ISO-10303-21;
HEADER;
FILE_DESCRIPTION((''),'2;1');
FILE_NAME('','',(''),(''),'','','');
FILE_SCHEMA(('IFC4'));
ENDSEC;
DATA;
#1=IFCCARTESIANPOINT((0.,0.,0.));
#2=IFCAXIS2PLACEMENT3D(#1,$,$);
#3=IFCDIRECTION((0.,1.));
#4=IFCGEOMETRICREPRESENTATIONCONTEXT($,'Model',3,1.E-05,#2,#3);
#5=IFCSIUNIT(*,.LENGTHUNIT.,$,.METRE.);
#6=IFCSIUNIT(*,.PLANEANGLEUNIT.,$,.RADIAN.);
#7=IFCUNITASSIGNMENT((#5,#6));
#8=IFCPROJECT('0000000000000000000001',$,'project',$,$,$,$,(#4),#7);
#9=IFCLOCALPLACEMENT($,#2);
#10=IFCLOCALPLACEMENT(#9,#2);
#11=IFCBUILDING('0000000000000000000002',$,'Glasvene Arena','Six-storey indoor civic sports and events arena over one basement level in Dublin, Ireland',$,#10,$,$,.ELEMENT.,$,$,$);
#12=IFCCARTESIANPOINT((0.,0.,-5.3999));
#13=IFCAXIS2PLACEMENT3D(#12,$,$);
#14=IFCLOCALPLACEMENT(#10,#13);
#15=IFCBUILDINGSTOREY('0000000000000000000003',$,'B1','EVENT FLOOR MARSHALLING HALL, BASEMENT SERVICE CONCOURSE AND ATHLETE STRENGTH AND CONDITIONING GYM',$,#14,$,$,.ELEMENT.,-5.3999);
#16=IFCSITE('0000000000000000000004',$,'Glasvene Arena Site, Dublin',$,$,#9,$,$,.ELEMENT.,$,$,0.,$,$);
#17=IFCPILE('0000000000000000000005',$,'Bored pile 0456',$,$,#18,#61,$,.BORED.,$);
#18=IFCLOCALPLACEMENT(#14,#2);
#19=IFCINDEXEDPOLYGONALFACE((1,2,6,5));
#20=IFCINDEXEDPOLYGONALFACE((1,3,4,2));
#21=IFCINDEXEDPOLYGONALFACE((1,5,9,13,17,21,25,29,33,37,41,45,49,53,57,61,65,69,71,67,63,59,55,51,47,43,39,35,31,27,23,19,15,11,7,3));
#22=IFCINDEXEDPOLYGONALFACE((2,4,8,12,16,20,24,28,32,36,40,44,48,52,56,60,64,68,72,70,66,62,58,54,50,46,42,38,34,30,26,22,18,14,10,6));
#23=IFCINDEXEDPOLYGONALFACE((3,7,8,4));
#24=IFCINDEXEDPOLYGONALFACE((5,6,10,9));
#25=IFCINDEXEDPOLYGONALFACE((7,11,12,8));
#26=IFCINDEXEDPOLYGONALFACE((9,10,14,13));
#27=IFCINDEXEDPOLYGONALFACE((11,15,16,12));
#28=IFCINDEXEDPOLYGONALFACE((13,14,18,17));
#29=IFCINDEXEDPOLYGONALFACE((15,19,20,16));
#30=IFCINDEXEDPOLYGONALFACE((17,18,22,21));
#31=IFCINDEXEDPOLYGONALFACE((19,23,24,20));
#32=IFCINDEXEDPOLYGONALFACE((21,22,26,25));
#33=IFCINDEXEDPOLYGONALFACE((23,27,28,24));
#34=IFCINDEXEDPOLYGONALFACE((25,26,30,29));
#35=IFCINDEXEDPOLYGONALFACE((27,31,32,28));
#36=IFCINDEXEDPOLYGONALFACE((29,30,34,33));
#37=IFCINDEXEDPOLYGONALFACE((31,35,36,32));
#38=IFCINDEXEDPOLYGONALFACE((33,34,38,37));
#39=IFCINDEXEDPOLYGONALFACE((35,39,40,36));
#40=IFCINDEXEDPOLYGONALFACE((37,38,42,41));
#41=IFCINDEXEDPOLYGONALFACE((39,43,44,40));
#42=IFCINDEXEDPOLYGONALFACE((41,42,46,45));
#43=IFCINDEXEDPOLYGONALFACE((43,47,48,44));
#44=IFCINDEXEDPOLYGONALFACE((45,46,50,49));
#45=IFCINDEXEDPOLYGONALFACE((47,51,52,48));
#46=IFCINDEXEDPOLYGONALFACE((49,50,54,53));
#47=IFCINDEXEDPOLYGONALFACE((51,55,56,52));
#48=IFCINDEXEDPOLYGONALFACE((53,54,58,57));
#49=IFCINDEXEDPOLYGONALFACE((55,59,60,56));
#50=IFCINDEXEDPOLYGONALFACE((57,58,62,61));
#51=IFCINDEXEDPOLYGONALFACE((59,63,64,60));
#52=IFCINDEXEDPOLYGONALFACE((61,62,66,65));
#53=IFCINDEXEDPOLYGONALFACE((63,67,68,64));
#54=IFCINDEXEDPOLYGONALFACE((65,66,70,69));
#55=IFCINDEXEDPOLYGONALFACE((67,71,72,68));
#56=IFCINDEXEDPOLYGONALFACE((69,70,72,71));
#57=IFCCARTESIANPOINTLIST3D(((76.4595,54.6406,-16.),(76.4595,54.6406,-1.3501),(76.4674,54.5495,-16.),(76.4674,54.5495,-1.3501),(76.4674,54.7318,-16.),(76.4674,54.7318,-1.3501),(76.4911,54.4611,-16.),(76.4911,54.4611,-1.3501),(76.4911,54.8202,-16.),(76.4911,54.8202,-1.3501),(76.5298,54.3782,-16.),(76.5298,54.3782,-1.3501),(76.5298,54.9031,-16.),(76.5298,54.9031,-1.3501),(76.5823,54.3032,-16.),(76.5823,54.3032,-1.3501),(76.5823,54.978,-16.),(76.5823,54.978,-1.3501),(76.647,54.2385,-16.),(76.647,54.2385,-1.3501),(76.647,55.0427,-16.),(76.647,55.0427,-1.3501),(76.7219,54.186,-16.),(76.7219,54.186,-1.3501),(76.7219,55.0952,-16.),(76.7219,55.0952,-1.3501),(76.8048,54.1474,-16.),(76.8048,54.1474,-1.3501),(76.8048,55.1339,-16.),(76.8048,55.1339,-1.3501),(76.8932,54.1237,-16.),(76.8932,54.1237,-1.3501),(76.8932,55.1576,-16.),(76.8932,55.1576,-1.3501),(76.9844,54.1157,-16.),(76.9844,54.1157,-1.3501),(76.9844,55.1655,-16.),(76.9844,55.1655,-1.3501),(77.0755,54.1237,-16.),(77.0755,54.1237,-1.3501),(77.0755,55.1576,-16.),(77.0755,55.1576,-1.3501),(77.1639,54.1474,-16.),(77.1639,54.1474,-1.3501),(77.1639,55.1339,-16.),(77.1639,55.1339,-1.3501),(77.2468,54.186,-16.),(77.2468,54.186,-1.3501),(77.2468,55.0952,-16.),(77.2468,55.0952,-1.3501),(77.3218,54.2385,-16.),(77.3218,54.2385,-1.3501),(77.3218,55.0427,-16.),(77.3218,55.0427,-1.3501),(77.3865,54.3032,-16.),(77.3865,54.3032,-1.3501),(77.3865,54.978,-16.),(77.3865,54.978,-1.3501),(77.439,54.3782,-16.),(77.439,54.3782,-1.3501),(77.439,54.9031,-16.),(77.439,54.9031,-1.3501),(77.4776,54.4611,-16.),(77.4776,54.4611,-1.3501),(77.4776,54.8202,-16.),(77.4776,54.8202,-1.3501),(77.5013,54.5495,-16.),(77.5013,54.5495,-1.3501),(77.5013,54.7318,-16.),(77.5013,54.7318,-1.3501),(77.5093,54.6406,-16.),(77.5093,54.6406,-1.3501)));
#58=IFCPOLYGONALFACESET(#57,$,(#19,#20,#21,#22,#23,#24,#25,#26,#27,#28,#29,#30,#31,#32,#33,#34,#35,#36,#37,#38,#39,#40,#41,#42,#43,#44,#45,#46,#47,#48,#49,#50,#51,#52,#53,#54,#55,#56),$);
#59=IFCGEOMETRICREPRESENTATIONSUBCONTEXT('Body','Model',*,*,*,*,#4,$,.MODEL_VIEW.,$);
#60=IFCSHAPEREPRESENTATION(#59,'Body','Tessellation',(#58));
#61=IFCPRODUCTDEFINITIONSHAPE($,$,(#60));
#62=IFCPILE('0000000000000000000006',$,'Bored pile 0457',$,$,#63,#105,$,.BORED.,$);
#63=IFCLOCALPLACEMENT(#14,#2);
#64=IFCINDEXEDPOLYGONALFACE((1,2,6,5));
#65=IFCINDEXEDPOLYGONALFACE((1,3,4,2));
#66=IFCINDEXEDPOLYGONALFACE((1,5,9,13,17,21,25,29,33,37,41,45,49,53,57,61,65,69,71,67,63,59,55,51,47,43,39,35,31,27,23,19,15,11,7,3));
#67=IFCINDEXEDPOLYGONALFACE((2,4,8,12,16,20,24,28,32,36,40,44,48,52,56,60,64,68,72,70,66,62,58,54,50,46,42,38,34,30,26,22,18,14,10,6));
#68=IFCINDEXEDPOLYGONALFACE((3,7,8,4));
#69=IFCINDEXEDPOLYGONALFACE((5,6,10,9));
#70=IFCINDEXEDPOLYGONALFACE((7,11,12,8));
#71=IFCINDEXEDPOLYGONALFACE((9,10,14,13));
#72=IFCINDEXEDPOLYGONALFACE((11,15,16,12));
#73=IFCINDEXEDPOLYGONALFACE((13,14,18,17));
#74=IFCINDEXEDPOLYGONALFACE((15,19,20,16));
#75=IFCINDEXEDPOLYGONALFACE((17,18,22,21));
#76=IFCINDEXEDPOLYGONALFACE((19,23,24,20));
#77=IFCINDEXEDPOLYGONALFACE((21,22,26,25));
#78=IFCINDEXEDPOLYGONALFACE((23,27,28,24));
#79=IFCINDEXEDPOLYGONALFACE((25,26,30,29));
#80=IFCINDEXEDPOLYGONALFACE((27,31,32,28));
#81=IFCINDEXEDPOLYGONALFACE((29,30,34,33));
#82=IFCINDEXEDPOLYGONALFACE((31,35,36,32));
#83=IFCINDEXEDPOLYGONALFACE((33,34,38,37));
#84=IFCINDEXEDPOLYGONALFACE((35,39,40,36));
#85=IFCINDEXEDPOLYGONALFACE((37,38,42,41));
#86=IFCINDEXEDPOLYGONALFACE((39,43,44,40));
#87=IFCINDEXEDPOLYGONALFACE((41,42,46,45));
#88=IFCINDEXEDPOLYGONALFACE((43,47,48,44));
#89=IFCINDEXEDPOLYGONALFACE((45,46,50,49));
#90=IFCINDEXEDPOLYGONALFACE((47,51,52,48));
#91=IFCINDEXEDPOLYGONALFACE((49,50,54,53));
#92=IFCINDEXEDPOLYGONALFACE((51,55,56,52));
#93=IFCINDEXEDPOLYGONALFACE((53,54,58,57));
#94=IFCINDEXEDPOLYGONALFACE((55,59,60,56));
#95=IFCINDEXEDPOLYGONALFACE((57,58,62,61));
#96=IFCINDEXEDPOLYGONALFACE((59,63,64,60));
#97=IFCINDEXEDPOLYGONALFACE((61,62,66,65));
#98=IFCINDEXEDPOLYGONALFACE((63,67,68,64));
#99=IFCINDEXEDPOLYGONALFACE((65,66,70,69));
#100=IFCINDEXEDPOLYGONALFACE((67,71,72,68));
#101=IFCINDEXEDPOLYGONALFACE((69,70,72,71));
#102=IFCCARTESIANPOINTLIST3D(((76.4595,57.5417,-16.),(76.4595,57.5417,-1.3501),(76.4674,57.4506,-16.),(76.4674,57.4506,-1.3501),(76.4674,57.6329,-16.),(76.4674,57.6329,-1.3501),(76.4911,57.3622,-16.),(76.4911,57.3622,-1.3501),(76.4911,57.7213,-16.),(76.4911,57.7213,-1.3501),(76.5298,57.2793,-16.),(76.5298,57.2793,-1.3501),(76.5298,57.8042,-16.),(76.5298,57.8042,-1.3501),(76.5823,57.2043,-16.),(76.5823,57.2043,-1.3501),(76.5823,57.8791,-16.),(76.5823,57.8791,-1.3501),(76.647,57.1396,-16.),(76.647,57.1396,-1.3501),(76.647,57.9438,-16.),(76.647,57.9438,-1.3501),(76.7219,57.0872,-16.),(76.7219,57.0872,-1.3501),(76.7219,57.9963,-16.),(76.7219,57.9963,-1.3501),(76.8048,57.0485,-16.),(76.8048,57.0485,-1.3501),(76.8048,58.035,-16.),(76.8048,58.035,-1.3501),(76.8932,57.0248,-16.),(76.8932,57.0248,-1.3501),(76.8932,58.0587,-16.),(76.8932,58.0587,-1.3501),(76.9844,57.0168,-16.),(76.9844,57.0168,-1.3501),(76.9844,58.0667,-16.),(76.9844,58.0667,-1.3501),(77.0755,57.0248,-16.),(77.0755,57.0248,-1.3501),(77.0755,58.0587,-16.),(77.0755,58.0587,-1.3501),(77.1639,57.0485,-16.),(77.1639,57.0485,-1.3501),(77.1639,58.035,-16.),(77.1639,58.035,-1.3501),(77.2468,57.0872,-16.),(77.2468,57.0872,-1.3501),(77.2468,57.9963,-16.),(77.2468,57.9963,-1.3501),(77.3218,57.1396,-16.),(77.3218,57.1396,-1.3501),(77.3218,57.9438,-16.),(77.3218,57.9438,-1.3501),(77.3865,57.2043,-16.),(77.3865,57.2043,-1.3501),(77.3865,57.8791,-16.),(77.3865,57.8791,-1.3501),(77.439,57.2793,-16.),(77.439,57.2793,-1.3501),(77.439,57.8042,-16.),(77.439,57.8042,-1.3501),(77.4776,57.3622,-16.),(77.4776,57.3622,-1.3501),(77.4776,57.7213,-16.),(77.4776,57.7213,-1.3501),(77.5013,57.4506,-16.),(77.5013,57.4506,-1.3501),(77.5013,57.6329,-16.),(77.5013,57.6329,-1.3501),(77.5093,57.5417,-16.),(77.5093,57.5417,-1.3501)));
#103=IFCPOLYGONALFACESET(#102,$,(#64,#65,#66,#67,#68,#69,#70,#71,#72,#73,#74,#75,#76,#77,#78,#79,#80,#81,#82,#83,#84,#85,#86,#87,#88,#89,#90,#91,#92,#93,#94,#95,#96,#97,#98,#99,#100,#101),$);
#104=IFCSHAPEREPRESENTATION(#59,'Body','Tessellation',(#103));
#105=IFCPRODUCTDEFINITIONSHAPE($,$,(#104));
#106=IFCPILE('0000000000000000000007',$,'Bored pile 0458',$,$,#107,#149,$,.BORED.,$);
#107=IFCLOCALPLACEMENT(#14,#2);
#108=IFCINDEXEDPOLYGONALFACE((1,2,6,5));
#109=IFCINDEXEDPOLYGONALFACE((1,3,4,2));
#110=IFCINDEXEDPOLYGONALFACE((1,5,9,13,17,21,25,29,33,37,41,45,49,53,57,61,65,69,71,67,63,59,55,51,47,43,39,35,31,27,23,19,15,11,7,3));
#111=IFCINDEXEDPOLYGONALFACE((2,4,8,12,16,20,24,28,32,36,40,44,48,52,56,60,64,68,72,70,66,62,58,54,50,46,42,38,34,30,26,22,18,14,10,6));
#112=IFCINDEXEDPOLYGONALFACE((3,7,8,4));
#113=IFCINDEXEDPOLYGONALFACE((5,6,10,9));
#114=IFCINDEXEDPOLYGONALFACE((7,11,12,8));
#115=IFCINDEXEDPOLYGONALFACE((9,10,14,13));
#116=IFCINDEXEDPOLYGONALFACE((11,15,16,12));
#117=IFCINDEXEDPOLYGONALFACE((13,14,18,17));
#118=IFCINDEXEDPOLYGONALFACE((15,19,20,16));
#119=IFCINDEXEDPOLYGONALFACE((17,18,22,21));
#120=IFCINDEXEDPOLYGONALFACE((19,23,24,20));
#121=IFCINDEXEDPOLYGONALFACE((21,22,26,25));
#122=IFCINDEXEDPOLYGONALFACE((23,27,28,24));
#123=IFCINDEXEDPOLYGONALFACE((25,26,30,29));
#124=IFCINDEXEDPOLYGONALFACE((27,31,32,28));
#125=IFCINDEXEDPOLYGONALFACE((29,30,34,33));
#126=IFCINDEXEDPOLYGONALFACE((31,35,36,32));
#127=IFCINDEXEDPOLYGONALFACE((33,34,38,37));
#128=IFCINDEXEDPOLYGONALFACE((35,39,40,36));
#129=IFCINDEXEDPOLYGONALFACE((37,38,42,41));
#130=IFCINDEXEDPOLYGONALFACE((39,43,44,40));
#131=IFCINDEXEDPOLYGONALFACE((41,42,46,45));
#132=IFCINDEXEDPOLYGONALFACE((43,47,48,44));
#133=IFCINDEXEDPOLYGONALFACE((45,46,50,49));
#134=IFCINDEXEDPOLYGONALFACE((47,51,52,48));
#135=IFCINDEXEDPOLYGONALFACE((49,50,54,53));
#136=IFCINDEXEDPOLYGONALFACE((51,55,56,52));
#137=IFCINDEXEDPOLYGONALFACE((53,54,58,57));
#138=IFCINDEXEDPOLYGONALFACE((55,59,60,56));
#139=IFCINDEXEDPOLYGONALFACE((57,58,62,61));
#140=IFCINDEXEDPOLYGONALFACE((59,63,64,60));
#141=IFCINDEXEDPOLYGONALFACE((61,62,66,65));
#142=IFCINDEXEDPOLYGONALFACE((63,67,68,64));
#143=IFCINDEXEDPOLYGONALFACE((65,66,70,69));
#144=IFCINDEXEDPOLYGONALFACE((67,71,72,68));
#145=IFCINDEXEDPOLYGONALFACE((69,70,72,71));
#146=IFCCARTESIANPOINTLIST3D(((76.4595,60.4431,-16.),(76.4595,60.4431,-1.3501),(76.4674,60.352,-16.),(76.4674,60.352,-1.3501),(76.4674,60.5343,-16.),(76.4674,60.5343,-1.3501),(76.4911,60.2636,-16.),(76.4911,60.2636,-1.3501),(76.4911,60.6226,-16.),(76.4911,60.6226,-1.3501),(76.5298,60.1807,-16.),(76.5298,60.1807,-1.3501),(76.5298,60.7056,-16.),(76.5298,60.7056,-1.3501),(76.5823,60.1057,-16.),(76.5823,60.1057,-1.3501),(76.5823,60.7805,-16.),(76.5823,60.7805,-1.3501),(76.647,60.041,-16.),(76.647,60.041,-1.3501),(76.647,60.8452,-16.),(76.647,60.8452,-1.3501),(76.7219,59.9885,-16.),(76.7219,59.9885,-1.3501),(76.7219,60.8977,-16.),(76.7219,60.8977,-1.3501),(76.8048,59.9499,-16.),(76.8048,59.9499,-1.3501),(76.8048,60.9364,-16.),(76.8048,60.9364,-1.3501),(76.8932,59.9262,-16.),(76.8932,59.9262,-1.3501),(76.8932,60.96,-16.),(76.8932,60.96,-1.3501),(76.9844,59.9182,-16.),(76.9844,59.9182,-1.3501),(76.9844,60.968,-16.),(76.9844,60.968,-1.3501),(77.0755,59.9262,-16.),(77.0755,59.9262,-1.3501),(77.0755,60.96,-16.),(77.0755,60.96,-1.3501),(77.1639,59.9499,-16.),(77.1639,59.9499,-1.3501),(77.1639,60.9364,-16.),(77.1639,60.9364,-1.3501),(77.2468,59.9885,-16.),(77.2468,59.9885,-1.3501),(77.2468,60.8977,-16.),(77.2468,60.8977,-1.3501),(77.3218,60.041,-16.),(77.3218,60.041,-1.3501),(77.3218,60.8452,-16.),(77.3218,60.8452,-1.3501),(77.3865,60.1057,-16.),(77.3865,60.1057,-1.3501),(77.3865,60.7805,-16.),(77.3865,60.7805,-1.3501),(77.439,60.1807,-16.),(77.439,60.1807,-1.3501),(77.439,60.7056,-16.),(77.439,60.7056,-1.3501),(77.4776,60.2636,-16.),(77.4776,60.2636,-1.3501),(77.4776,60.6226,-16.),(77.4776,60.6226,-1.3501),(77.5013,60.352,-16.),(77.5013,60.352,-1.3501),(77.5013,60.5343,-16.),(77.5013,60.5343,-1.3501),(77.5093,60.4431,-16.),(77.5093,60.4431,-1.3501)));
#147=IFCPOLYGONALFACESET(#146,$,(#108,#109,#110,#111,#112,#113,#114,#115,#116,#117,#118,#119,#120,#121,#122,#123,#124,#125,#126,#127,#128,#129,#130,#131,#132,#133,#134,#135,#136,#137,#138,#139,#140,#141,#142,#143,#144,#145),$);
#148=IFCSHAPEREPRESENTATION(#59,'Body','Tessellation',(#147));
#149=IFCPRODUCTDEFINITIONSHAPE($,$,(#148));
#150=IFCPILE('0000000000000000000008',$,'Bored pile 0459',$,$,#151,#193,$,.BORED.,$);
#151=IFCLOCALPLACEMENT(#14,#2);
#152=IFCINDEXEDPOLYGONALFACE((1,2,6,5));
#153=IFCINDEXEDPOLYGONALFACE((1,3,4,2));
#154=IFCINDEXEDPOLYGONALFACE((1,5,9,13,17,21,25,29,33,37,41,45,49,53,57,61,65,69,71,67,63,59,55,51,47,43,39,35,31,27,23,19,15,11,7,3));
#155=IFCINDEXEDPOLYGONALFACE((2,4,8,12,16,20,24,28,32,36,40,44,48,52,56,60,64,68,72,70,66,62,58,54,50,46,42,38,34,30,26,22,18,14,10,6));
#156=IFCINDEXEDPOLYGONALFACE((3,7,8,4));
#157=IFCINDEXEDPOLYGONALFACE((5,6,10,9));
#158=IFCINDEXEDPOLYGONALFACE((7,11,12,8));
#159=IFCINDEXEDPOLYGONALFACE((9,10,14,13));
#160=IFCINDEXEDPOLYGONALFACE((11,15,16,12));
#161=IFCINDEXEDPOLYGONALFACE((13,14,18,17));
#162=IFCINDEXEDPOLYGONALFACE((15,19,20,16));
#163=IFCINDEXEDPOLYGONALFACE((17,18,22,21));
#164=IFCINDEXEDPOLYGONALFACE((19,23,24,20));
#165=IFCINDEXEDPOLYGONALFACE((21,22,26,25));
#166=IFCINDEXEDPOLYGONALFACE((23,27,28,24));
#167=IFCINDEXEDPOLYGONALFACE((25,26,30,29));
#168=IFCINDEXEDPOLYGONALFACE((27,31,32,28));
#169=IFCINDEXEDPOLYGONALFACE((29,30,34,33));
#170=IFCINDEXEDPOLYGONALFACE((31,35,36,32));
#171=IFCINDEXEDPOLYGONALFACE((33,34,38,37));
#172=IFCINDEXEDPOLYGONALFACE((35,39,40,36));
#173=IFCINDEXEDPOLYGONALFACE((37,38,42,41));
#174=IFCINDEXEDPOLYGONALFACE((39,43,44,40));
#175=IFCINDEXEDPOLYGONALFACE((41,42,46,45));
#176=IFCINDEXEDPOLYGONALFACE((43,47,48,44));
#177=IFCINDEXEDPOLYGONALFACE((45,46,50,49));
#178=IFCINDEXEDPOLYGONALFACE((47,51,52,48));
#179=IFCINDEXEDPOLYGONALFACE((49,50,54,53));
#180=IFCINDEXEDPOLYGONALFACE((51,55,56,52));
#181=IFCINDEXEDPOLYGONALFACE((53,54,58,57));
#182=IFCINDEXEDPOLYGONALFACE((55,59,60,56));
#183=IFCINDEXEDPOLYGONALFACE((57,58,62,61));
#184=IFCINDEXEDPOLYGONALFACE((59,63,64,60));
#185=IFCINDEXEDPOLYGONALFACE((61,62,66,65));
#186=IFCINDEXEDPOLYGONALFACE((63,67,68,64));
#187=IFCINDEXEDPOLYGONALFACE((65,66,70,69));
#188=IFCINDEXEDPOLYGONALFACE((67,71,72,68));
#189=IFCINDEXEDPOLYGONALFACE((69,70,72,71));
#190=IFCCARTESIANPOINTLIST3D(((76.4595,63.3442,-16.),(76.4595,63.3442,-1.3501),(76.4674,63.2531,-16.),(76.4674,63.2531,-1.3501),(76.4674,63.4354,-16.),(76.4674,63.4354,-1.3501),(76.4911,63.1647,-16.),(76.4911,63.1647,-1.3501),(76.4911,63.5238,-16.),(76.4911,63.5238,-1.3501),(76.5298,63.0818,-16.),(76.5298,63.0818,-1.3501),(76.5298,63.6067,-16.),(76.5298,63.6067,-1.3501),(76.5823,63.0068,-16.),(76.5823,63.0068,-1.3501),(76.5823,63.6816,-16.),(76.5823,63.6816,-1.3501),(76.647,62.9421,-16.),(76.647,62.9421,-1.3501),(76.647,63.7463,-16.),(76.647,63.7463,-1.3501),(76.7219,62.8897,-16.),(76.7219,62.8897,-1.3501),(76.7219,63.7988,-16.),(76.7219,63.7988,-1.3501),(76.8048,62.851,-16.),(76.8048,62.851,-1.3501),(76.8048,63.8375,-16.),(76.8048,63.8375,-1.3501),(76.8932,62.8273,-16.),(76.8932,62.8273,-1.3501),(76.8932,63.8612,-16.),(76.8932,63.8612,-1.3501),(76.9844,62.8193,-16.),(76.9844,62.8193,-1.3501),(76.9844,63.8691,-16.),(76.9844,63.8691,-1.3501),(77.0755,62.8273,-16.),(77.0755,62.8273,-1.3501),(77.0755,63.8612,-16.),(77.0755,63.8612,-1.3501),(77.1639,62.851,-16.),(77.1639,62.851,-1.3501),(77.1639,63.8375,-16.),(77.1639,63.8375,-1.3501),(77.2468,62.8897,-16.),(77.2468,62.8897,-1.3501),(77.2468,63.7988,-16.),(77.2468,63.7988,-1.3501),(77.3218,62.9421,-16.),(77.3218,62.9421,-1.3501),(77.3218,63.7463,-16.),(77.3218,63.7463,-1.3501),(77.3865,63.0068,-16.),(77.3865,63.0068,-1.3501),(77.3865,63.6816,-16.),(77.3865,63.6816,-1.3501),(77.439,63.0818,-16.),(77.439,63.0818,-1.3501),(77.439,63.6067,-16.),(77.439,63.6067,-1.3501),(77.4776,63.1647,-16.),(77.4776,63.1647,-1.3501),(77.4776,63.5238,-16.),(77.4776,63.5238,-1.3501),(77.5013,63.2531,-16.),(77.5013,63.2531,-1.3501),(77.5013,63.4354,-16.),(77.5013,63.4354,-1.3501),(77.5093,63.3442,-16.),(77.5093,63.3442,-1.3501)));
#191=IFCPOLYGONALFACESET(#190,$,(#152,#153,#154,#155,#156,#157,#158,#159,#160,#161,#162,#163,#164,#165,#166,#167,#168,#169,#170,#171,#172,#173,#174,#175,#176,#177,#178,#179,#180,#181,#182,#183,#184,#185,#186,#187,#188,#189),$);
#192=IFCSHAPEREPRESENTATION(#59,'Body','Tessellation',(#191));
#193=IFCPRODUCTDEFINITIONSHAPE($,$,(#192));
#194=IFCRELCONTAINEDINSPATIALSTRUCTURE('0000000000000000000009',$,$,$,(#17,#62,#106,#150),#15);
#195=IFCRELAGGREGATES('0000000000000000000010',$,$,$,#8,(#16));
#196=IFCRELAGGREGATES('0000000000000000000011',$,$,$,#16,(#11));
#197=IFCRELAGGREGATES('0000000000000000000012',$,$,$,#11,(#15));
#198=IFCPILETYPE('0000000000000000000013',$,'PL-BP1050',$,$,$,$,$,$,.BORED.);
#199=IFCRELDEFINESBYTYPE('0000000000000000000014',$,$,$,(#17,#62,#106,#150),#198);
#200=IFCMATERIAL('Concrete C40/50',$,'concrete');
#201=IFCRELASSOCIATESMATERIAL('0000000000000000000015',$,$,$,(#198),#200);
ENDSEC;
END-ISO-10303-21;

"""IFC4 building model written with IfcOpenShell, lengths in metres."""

from ifc_helpers import new_model, si_unit, direction, frame, origin, origin_2d, place, context, subcontext, project, spatial, circle, extrude, material, material_profile, profile_set, type_object, element, save


model = new_model("IFC4")

# Units and contexts
model_context = context("Model", 3, precision=1e-05, world=origin(), true_north=direction((0.0, 1.0)))
body_context = subcontext(model_context, "Body", "Model", "MODEL_VIEW")
ifc_project = project(units=[si_unit("LENGTHUNIT", "METRE"), si_unit("PLANEANGLEUNIT", "RADIAN")], contexts=[model_context])

# Site, building, storey
site_placement = place(None, origin())
site = spatial("IfcSite", under=ifc_project, at=site_placement, Name="Glasvene Arena Site, Dublin", CompositionType="ELEMENT", RefElevation=0.0)
building_placement = place(site_placement, origin())
building = spatial("IfcBuilding", under=site, at=building_placement, Name="Glasvene Arena", Description="Six-storey indoor civic sports and events arena over one basement level in Dublin, Ireland", CompositionType="ELEMENT")
storey_placement = place(building_placement, frame((0.0, 0.0, -5.3999)))
storey = spatial("IfcBuildingStorey", under=building, at=storey_placement, Name="B1", Description="EVENT FLOOR MARSHALLING HALL, BASEMENT SERVICE CONCOURSE AND ATHLETE STRENGTH AND CONDITIONING GYM", CompositionType="ELEMENT", Elevation=-5.3999)

# Piles
ifc_material_1 = material(Name="Concrete C40/50", Category="concrete")
ifc_material_profile_1 = material_profile(ifc_material_1, circle(Radius=0.5249, at=origin_2d()), Name="BORED PILE 1050")
ifc_profile_set_1 = profile_set([ifc_material_profile_1], Name="Concrete C40/50")
pile_type = type_object("IfcPileType", Name="PL-BP1050", PredefinedType="BORED", material=ifc_profile_set_1)
for number, where, z_axis, x_axis, name in (
    (1, (76.9844, 54.6406, -1.3501), (0.0, 0.0, -1.0), (1.0, 0.0, 0.0), "Bored pile 0456"),
    (2, (76.9844, 57.5417, -1.3501), (0.0, 0.0, -1.0), (1.0, 0.0, 0.0), "Bored pile 0457"),
    (3, (76.9844, 60.4431, -1.3501), (0.0, 0.0, -1.0), (1.0, 0.0, 0.0), "Bored pile 0458"),
    (4, (76.9844, 63.3442, -1.3501), (0.0, 0.0, -1.0), (1.0, 0.0, 0.0), "Bored pile 0459"),
):
    element("IfcPile", number, at=place(storey_placement, frame(where, z_axis=z_axis, x_axis=x_axis)), inside=storey, type_object=pile_type, Name=name, PredefinedType="BORED", context=body_context, shape_type="SweptSolid", body=[
        extrude(circle(Radius=0.5249, at=origin_2d()), origin(), (0.0, 0.0, 1.0), 14.6499),
    ])

save(model, "model.ifc")
